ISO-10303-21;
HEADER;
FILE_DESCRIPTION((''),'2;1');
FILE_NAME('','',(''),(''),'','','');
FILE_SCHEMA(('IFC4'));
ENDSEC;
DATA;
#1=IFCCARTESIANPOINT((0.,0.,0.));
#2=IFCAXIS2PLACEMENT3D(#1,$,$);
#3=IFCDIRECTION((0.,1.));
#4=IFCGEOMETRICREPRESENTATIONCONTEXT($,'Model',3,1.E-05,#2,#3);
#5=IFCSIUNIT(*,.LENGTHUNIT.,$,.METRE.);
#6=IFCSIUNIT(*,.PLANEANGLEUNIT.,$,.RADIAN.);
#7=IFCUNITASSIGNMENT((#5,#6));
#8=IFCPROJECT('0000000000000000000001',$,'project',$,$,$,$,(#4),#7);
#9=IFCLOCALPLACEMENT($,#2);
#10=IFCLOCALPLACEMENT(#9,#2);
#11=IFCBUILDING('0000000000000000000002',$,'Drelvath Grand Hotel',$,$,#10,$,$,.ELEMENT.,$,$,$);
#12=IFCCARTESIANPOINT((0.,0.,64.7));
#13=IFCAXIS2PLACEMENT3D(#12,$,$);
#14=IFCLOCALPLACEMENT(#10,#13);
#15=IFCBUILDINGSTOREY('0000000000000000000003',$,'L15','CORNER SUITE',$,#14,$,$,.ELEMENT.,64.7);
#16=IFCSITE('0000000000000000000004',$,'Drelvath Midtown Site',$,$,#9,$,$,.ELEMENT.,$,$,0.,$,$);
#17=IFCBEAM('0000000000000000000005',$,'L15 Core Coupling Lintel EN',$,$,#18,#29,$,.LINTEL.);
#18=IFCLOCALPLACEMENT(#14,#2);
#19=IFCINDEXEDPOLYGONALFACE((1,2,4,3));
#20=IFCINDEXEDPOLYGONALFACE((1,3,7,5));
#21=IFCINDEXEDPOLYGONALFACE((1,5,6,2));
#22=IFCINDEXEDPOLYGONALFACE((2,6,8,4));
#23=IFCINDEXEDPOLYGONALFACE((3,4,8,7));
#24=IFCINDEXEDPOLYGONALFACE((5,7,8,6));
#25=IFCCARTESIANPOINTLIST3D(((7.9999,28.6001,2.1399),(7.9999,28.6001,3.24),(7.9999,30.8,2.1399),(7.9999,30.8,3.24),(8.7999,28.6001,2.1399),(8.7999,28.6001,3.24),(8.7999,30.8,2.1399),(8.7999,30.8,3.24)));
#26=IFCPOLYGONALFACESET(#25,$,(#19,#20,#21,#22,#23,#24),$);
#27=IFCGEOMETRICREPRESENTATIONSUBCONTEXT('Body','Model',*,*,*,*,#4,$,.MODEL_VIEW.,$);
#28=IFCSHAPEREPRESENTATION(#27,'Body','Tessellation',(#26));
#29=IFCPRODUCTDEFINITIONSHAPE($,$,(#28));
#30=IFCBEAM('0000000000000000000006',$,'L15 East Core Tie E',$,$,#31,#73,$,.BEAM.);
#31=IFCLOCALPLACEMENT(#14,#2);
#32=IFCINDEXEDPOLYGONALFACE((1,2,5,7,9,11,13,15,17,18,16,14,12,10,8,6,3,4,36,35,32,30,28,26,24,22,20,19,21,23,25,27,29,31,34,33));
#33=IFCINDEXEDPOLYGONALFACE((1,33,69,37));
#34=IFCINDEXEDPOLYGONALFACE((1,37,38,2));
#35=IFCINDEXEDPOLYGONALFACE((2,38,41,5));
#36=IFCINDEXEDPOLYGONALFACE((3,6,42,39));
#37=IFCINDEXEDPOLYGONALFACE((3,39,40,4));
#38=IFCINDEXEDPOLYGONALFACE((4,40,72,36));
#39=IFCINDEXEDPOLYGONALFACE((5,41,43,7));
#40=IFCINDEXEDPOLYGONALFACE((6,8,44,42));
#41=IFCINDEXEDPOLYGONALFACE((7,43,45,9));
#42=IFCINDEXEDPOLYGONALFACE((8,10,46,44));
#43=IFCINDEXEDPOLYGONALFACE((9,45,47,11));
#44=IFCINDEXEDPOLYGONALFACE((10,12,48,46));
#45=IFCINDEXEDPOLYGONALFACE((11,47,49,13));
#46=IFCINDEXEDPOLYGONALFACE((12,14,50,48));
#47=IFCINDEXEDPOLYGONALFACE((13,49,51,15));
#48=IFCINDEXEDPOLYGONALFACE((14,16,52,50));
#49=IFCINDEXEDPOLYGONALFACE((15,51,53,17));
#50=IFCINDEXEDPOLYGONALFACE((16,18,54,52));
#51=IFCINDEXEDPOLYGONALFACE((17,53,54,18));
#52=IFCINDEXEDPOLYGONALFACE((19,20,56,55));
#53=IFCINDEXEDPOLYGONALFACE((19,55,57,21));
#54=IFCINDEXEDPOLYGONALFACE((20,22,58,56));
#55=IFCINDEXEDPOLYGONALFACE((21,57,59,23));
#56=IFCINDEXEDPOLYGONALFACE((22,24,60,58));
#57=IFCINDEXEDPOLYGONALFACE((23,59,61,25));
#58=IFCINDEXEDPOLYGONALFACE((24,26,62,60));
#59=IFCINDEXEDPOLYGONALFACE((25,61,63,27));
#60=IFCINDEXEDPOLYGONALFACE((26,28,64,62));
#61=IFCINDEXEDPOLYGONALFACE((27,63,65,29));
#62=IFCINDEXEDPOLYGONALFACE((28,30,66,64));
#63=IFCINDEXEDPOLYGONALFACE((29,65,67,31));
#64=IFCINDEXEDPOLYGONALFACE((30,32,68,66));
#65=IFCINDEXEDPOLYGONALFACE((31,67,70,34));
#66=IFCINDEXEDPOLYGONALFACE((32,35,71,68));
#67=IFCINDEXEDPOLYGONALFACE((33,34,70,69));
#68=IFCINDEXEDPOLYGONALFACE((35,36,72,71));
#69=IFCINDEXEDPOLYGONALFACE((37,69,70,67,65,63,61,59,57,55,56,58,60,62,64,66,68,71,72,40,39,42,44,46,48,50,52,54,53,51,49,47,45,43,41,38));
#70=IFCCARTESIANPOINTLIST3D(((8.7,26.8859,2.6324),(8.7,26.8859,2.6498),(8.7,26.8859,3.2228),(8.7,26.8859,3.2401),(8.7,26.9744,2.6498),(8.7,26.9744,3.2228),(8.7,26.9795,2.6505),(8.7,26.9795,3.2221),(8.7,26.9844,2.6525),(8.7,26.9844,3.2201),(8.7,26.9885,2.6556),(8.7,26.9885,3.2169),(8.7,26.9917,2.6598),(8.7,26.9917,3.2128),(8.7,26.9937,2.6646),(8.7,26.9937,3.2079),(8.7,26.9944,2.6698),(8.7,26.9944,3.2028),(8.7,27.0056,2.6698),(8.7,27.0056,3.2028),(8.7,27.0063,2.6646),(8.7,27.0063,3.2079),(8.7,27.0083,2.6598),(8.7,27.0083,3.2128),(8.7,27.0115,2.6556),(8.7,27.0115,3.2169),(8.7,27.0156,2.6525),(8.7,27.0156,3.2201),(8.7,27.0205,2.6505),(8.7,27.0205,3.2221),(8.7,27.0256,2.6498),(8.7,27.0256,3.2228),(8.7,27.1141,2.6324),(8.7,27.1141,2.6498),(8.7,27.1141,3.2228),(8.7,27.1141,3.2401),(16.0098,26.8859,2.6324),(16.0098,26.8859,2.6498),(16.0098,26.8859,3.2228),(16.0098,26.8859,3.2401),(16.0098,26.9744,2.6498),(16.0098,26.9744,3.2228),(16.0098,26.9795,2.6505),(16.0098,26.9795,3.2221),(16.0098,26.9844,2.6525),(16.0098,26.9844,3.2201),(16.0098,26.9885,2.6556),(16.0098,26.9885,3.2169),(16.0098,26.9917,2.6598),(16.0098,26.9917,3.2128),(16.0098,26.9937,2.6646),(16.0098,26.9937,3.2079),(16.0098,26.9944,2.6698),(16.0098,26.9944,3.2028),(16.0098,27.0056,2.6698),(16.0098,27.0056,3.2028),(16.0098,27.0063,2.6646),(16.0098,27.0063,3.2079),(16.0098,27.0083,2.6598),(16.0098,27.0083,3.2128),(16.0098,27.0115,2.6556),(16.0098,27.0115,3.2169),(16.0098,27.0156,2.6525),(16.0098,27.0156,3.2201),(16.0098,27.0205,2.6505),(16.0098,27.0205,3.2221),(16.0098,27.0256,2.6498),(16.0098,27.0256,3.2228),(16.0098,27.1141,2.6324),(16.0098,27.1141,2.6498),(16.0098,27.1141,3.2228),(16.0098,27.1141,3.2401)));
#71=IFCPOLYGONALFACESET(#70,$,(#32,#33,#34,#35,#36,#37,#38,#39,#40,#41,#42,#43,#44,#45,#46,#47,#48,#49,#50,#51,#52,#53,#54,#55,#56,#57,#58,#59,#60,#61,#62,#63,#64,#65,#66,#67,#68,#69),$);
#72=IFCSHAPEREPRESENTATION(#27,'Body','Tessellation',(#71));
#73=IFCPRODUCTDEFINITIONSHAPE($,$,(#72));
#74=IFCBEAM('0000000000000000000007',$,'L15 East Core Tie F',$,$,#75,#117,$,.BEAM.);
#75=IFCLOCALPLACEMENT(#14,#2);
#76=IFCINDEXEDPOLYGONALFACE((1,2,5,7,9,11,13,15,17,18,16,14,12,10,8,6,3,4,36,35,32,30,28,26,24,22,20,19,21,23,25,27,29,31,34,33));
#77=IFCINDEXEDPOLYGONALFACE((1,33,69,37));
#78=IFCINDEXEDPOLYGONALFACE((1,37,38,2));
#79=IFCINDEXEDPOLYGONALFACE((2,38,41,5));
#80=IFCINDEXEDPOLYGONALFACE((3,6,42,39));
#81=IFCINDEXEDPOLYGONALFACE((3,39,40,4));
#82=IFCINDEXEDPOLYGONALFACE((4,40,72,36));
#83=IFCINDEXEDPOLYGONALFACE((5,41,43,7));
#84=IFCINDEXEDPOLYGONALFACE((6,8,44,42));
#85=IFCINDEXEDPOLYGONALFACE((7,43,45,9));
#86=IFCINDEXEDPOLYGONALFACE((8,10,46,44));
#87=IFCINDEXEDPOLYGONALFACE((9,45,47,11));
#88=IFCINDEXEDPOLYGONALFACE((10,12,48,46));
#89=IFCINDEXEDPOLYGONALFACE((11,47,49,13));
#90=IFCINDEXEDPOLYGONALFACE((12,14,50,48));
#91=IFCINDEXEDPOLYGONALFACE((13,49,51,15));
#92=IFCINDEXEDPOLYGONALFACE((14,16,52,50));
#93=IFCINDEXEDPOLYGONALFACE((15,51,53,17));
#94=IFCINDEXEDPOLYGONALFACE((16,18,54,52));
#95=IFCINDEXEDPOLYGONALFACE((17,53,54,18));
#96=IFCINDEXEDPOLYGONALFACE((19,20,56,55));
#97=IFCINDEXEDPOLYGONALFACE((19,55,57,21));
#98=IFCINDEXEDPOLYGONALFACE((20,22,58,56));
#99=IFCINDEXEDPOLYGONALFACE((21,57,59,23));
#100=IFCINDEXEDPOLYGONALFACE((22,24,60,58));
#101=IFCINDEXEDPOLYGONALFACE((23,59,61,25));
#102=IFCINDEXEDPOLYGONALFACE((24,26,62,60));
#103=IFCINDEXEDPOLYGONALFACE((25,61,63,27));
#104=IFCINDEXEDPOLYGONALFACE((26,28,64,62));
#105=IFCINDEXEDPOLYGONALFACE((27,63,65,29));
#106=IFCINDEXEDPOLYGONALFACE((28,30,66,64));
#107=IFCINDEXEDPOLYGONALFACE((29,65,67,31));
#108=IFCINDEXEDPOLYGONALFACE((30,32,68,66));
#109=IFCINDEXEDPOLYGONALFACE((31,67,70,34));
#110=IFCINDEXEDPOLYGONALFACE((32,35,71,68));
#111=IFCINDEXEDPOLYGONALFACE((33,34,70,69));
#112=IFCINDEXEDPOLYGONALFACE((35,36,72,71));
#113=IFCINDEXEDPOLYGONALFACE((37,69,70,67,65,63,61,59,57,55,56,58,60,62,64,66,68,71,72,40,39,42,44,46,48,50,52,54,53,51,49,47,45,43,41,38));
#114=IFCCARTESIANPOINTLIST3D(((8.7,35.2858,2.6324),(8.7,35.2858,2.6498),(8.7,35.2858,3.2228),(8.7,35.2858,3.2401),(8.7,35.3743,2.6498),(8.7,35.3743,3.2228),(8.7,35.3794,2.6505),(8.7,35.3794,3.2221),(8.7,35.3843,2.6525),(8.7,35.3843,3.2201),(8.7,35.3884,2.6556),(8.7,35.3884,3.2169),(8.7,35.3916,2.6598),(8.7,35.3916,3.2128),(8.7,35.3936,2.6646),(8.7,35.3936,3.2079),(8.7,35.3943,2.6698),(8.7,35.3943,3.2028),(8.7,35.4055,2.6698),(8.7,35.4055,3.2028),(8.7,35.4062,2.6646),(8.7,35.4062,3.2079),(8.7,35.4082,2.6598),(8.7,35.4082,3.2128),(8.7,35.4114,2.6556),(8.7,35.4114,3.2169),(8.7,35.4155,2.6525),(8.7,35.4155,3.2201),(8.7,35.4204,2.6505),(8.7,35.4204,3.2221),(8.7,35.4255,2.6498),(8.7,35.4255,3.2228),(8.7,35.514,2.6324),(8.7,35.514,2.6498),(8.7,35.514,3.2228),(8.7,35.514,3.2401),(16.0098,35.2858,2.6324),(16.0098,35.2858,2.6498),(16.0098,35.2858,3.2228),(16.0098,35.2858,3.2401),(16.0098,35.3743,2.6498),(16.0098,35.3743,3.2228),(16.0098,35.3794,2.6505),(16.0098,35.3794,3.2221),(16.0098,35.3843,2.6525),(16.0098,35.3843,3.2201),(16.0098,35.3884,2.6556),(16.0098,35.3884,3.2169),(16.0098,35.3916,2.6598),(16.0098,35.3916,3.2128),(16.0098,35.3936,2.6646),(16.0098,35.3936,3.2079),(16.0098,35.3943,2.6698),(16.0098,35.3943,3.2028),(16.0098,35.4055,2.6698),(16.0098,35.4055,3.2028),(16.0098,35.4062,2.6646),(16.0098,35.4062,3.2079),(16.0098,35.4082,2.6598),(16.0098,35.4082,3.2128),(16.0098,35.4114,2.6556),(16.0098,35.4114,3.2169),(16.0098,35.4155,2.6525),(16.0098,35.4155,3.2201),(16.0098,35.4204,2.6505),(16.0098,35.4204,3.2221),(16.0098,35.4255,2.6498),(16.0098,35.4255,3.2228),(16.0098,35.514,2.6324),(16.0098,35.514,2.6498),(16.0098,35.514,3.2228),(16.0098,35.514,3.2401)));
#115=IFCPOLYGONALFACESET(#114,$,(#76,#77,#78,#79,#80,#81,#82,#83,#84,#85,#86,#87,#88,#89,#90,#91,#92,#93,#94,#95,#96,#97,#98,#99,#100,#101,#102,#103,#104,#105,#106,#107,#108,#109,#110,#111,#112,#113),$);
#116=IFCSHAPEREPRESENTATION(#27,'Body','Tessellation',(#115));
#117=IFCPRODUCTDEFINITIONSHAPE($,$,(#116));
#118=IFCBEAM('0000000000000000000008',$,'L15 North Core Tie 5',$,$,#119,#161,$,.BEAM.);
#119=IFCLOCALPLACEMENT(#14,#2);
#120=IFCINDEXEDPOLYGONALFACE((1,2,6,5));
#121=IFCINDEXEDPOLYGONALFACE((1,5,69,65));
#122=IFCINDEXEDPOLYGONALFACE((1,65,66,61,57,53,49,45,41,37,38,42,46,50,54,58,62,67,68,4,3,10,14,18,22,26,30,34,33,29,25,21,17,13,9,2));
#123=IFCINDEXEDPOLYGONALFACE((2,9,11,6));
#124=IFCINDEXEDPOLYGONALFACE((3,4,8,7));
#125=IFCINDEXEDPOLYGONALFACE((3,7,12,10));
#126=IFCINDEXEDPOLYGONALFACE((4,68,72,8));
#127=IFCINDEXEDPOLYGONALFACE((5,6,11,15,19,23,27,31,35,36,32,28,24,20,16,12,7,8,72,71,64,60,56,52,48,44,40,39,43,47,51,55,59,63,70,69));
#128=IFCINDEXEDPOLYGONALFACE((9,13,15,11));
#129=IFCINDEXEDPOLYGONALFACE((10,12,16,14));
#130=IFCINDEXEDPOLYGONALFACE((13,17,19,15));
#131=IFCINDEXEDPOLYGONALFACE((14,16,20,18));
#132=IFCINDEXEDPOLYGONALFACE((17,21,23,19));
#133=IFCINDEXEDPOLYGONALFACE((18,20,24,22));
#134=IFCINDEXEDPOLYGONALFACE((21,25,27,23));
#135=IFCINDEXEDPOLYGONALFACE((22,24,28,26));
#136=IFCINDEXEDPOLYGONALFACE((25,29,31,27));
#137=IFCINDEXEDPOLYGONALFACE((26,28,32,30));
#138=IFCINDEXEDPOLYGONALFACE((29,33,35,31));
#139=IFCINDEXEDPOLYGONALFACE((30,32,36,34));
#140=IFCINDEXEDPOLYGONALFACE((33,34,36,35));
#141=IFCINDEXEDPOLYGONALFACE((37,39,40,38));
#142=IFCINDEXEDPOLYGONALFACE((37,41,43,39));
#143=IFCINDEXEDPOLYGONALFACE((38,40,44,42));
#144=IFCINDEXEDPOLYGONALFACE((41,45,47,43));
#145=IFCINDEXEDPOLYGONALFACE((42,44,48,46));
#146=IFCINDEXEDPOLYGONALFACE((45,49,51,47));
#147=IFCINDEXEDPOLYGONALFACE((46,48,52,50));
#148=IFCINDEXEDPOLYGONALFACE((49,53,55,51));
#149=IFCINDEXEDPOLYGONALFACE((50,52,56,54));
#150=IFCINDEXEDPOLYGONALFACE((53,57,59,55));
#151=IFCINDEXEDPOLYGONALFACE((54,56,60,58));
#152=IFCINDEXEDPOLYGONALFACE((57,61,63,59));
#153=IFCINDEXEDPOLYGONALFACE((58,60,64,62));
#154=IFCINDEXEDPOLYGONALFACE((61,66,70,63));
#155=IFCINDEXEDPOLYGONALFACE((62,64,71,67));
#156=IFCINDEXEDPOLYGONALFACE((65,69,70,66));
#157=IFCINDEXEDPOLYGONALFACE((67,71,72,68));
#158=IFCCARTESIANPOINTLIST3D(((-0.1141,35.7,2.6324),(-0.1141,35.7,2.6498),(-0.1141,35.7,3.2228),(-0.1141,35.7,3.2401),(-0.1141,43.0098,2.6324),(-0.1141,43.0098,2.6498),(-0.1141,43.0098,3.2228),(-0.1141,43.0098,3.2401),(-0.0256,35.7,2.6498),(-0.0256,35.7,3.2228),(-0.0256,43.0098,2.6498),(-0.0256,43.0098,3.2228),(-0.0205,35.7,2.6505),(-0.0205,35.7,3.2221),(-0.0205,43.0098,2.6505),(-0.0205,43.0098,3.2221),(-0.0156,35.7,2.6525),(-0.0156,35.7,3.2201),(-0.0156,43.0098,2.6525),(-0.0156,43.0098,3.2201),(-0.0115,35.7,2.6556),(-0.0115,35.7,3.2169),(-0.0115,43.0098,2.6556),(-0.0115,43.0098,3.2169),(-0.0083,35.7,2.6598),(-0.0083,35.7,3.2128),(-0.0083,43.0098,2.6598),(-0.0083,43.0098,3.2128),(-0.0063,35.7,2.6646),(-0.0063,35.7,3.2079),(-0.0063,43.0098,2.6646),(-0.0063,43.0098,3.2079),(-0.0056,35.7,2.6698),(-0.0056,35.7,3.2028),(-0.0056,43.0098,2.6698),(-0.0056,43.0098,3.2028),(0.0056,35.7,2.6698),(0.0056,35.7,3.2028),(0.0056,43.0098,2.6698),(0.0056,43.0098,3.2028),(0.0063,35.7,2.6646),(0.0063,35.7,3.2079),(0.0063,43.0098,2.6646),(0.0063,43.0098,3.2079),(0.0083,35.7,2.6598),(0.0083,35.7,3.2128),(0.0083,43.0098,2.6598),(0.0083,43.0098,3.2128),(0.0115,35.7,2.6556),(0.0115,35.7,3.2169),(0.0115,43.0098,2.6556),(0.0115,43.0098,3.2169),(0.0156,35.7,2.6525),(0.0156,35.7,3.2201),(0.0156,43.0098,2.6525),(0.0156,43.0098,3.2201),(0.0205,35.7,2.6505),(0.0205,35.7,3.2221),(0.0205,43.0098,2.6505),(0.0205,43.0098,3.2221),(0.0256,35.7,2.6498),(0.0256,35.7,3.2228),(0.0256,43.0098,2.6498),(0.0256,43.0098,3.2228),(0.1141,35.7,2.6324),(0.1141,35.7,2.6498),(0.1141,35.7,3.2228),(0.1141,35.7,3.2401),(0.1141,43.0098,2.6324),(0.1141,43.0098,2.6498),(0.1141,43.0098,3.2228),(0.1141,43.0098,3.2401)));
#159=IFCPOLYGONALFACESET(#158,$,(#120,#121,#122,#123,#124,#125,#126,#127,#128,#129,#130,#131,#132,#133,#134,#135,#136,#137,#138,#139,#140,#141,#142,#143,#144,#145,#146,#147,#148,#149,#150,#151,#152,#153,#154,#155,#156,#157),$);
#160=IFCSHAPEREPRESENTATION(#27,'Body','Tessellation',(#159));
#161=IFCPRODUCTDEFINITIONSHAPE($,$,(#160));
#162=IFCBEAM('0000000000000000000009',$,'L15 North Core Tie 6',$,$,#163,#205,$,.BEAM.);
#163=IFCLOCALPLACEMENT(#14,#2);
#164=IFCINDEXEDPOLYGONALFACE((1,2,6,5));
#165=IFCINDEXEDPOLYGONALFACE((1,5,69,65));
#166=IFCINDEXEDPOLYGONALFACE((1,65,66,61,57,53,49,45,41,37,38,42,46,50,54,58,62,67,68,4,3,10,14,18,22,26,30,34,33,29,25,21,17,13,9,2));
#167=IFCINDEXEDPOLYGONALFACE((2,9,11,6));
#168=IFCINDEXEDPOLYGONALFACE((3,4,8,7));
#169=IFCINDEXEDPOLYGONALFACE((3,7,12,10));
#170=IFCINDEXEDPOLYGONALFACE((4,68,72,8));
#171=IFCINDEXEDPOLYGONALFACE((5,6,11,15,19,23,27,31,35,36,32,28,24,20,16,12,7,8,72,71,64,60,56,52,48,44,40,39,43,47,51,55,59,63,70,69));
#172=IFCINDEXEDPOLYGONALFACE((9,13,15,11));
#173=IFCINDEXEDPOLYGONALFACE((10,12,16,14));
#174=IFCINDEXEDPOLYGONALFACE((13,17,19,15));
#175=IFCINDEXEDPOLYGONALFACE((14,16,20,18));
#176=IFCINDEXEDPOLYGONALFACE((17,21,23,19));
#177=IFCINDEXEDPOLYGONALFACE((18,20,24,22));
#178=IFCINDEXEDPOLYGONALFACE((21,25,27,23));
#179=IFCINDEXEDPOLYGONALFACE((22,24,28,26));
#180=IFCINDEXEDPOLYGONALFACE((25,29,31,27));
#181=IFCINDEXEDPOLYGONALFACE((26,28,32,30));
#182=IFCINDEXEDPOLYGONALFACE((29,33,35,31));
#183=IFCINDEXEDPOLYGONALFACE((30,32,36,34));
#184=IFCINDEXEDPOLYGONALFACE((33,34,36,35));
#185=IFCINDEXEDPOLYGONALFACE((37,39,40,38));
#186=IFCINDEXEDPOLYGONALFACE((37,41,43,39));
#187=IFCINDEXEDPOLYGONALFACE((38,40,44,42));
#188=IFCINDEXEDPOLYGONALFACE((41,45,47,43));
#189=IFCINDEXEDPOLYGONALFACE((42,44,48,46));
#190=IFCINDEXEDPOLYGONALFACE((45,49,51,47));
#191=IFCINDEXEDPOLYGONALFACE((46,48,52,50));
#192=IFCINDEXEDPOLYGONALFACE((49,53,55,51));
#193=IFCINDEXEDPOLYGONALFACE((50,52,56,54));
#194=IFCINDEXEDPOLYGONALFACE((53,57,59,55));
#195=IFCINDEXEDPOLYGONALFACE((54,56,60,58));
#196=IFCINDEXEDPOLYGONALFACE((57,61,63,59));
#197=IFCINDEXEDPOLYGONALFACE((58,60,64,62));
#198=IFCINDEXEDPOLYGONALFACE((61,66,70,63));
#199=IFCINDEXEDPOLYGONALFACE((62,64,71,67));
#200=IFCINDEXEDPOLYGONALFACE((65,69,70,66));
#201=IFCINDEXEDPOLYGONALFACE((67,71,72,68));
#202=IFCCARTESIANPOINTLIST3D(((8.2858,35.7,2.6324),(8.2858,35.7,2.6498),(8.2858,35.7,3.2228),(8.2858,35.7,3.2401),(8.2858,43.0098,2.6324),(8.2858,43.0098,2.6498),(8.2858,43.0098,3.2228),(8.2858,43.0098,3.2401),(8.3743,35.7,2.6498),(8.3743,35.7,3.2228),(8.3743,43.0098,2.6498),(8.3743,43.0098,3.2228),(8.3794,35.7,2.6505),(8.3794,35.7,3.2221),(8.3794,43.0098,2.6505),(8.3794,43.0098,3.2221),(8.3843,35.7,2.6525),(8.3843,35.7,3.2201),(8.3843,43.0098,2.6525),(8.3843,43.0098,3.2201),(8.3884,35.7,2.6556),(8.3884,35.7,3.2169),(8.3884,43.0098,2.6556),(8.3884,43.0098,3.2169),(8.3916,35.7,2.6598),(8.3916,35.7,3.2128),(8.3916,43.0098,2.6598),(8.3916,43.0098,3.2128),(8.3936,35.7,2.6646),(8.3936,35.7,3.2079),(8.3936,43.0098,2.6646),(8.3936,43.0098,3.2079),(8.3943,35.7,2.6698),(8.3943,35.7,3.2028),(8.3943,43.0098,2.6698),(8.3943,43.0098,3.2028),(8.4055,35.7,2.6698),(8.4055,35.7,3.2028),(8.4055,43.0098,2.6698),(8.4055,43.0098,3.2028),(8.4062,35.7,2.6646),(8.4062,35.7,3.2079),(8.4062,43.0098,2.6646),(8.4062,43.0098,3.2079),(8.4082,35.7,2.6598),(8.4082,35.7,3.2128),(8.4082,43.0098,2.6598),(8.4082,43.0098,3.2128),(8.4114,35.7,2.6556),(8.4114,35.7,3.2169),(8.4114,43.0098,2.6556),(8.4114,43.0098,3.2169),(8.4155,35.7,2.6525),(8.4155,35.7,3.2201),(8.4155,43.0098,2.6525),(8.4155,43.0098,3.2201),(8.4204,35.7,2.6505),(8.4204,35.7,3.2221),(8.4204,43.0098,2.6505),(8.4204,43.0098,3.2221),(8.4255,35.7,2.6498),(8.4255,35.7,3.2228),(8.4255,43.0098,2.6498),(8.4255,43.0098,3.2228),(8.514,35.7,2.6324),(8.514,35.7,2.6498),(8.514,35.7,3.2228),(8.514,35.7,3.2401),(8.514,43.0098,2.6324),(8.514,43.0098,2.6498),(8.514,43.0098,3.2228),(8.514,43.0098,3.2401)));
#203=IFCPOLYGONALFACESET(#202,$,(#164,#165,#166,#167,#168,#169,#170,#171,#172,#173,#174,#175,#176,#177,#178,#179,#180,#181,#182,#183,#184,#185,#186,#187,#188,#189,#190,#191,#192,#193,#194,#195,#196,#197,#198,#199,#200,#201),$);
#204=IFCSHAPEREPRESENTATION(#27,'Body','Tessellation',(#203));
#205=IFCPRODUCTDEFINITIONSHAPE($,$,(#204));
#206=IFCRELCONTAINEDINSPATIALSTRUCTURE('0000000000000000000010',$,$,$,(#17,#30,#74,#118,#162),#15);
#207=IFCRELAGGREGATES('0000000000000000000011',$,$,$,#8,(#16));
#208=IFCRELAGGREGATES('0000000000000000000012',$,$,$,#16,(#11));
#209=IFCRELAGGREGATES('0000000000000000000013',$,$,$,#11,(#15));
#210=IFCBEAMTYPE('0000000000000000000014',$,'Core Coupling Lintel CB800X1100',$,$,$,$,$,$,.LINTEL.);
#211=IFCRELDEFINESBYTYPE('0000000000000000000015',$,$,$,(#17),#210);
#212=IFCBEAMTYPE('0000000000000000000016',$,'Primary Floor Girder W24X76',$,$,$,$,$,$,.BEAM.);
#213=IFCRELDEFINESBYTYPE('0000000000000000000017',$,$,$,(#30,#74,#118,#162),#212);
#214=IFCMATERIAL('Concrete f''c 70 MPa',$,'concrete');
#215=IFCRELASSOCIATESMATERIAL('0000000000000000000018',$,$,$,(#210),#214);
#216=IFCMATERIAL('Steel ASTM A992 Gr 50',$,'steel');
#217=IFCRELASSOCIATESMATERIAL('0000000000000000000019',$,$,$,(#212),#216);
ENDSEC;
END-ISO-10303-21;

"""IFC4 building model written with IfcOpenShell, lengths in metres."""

from ifc_helpers import new_model, si_unit, direction, frame, origin, origin_2d, place, context, subcontext, project, spatial, rectangle, i_section, extrude, material, material_profile, profile_set, type_object, element, save


model = new_model("IFC4")

# Units and contexts
model_context = context("Model", 3, precision=1e-05, world=origin(), true_north=direction((0.0, 1.0)))
body_context = subcontext(model_context, "Body", "Model", "MODEL_VIEW")
ifc_project = project(units=[si_unit("LENGTHUNIT", "METRE"), si_unit("PLANEANGLEUNIT", "RADIAN")], contexts=[model_context])

# Site, building, storey
site_placement = place(None, origin())
site = spatial("IfcSite", under=ifc_project, at=site_placement, Name="Drelvath Midtown Site", CompositionType="ELEMENT", RefElevation=0.0)
building_placement = place(site_placement, origin())
building = spatial("IfcBuilding", under=site, at=building_placement, Name="Drelvath Grand Hotel", CompositionType="ELEMENT")
storey_placement = place(building_placement, frame((0.0, 0.0, 64.7)))
storey = spatial("IfcBuildingStorey", under=building, at=storey_placement, Name="L15", Description="CORNER SUITE", CompositionType="ELEMENT", Elevation=64.7)

# Beams
ifc_material_1 = material(Name="Concrete f'c 70 MPa", Category="concrete")
ifc_material_profile_1 = material_profile(ifc_material_1, rectangle(XDim=0.8, YDim=1.1001, at=origin_2d()), Name="CB800X1100")
ifc_profile_set_1 = profile_set([ifc_material_profile_1], Name="Concrete f'c 70 MPa")
beam_type_1 = type_object("IfcBeamType", Name="Core Coupling Lintel CB800X1100", PredefinedType="LINTEL", material=ifc_profile_set_1)
beam_placement = place(storey_placement, frame((8.3999, 28.6001, 2.6899), z_axis=(0.0, 1.0, 0.0), x_axis=(-1.0, 0.0, 0.0)))
element("IfcBeam", 1, at=beam_placement, inside=storey, type_object=beam_type_1, Name="L15 Core Coupling Lintel EN", PredefinedType="LINTEL", context=body_context, shape_type="SweptSolid", body=[
    extrude(rectangle(XDim=0.8, YDim=1.1001, at=origin_2d()), origin(), (0.0, 0.0, 1.0), 2.2),
])
ifc_material_2 = material(Name="Steel ASTM A992 Gr 50", Category="steel")
ifc_material_profile_2 = material_profile(ifc_material_2, i_section(OverallWidth=0.2283, OverallDepth=0.6077, WebThickness=0.0112, FlangeThickness=0.0173, FilletRadius=0.02, at=origin_2d()), Name="W24X76")
ifc_profile_set_2 = profile_set([ifc_material_profile_2], Name="Steel ASTM A992 Gr 50")
beam_type_2 = type_object("IfcBeamType", Name="Primary Floor Girder W24X76", PredefinedType="BEAM", material=ifc_profile_set_2)
for number, where, z_axis, x_axis, name in (
    (2, (8.7, 27.0, 2.9363), (1.0, 0.0, 0.0), (0.0, 1.0, 0.0), "L15 East Core Tie E"),
    (3, (8.7, 35.3999, 2.9363), (1.0, 0.0, 0.0), (0.0, 1.0, 0.0), "L15 East Core Tie F"),
    (4, (0.0, 35.7, 2.9363), (0.0, 1.0, 0.0), (-1.0, 0.0, 0.0), "L15 North Core Tie 5"),
    (5, (8.3999, 35.7, 2.9363), (0.0, 1.0, 0.0), (-1.0, 0.0, 0.0), "L15 North Core Tie 6"),
):
    element("IfcBeam", number, at=place(storey_placement, frame(where, z_axis=z_axis, x_axis=x_axis)), inside=storey, type_object=beam_type_2, Name=name, PredefinedType="BEAM", context=body_context, shape_type="SweptSolid", body=[
        extrude(i_section(OverallWidth=0.2283, OverallDepth=0.6077, WebThickness=0.0112, FlangeThickness=0.0173, FilletRadius=0.02, at=origin_2d()), origin(), (0.0, 0.0, 1.0), 7.3098),
    ])

save(model, "model.ifc")
